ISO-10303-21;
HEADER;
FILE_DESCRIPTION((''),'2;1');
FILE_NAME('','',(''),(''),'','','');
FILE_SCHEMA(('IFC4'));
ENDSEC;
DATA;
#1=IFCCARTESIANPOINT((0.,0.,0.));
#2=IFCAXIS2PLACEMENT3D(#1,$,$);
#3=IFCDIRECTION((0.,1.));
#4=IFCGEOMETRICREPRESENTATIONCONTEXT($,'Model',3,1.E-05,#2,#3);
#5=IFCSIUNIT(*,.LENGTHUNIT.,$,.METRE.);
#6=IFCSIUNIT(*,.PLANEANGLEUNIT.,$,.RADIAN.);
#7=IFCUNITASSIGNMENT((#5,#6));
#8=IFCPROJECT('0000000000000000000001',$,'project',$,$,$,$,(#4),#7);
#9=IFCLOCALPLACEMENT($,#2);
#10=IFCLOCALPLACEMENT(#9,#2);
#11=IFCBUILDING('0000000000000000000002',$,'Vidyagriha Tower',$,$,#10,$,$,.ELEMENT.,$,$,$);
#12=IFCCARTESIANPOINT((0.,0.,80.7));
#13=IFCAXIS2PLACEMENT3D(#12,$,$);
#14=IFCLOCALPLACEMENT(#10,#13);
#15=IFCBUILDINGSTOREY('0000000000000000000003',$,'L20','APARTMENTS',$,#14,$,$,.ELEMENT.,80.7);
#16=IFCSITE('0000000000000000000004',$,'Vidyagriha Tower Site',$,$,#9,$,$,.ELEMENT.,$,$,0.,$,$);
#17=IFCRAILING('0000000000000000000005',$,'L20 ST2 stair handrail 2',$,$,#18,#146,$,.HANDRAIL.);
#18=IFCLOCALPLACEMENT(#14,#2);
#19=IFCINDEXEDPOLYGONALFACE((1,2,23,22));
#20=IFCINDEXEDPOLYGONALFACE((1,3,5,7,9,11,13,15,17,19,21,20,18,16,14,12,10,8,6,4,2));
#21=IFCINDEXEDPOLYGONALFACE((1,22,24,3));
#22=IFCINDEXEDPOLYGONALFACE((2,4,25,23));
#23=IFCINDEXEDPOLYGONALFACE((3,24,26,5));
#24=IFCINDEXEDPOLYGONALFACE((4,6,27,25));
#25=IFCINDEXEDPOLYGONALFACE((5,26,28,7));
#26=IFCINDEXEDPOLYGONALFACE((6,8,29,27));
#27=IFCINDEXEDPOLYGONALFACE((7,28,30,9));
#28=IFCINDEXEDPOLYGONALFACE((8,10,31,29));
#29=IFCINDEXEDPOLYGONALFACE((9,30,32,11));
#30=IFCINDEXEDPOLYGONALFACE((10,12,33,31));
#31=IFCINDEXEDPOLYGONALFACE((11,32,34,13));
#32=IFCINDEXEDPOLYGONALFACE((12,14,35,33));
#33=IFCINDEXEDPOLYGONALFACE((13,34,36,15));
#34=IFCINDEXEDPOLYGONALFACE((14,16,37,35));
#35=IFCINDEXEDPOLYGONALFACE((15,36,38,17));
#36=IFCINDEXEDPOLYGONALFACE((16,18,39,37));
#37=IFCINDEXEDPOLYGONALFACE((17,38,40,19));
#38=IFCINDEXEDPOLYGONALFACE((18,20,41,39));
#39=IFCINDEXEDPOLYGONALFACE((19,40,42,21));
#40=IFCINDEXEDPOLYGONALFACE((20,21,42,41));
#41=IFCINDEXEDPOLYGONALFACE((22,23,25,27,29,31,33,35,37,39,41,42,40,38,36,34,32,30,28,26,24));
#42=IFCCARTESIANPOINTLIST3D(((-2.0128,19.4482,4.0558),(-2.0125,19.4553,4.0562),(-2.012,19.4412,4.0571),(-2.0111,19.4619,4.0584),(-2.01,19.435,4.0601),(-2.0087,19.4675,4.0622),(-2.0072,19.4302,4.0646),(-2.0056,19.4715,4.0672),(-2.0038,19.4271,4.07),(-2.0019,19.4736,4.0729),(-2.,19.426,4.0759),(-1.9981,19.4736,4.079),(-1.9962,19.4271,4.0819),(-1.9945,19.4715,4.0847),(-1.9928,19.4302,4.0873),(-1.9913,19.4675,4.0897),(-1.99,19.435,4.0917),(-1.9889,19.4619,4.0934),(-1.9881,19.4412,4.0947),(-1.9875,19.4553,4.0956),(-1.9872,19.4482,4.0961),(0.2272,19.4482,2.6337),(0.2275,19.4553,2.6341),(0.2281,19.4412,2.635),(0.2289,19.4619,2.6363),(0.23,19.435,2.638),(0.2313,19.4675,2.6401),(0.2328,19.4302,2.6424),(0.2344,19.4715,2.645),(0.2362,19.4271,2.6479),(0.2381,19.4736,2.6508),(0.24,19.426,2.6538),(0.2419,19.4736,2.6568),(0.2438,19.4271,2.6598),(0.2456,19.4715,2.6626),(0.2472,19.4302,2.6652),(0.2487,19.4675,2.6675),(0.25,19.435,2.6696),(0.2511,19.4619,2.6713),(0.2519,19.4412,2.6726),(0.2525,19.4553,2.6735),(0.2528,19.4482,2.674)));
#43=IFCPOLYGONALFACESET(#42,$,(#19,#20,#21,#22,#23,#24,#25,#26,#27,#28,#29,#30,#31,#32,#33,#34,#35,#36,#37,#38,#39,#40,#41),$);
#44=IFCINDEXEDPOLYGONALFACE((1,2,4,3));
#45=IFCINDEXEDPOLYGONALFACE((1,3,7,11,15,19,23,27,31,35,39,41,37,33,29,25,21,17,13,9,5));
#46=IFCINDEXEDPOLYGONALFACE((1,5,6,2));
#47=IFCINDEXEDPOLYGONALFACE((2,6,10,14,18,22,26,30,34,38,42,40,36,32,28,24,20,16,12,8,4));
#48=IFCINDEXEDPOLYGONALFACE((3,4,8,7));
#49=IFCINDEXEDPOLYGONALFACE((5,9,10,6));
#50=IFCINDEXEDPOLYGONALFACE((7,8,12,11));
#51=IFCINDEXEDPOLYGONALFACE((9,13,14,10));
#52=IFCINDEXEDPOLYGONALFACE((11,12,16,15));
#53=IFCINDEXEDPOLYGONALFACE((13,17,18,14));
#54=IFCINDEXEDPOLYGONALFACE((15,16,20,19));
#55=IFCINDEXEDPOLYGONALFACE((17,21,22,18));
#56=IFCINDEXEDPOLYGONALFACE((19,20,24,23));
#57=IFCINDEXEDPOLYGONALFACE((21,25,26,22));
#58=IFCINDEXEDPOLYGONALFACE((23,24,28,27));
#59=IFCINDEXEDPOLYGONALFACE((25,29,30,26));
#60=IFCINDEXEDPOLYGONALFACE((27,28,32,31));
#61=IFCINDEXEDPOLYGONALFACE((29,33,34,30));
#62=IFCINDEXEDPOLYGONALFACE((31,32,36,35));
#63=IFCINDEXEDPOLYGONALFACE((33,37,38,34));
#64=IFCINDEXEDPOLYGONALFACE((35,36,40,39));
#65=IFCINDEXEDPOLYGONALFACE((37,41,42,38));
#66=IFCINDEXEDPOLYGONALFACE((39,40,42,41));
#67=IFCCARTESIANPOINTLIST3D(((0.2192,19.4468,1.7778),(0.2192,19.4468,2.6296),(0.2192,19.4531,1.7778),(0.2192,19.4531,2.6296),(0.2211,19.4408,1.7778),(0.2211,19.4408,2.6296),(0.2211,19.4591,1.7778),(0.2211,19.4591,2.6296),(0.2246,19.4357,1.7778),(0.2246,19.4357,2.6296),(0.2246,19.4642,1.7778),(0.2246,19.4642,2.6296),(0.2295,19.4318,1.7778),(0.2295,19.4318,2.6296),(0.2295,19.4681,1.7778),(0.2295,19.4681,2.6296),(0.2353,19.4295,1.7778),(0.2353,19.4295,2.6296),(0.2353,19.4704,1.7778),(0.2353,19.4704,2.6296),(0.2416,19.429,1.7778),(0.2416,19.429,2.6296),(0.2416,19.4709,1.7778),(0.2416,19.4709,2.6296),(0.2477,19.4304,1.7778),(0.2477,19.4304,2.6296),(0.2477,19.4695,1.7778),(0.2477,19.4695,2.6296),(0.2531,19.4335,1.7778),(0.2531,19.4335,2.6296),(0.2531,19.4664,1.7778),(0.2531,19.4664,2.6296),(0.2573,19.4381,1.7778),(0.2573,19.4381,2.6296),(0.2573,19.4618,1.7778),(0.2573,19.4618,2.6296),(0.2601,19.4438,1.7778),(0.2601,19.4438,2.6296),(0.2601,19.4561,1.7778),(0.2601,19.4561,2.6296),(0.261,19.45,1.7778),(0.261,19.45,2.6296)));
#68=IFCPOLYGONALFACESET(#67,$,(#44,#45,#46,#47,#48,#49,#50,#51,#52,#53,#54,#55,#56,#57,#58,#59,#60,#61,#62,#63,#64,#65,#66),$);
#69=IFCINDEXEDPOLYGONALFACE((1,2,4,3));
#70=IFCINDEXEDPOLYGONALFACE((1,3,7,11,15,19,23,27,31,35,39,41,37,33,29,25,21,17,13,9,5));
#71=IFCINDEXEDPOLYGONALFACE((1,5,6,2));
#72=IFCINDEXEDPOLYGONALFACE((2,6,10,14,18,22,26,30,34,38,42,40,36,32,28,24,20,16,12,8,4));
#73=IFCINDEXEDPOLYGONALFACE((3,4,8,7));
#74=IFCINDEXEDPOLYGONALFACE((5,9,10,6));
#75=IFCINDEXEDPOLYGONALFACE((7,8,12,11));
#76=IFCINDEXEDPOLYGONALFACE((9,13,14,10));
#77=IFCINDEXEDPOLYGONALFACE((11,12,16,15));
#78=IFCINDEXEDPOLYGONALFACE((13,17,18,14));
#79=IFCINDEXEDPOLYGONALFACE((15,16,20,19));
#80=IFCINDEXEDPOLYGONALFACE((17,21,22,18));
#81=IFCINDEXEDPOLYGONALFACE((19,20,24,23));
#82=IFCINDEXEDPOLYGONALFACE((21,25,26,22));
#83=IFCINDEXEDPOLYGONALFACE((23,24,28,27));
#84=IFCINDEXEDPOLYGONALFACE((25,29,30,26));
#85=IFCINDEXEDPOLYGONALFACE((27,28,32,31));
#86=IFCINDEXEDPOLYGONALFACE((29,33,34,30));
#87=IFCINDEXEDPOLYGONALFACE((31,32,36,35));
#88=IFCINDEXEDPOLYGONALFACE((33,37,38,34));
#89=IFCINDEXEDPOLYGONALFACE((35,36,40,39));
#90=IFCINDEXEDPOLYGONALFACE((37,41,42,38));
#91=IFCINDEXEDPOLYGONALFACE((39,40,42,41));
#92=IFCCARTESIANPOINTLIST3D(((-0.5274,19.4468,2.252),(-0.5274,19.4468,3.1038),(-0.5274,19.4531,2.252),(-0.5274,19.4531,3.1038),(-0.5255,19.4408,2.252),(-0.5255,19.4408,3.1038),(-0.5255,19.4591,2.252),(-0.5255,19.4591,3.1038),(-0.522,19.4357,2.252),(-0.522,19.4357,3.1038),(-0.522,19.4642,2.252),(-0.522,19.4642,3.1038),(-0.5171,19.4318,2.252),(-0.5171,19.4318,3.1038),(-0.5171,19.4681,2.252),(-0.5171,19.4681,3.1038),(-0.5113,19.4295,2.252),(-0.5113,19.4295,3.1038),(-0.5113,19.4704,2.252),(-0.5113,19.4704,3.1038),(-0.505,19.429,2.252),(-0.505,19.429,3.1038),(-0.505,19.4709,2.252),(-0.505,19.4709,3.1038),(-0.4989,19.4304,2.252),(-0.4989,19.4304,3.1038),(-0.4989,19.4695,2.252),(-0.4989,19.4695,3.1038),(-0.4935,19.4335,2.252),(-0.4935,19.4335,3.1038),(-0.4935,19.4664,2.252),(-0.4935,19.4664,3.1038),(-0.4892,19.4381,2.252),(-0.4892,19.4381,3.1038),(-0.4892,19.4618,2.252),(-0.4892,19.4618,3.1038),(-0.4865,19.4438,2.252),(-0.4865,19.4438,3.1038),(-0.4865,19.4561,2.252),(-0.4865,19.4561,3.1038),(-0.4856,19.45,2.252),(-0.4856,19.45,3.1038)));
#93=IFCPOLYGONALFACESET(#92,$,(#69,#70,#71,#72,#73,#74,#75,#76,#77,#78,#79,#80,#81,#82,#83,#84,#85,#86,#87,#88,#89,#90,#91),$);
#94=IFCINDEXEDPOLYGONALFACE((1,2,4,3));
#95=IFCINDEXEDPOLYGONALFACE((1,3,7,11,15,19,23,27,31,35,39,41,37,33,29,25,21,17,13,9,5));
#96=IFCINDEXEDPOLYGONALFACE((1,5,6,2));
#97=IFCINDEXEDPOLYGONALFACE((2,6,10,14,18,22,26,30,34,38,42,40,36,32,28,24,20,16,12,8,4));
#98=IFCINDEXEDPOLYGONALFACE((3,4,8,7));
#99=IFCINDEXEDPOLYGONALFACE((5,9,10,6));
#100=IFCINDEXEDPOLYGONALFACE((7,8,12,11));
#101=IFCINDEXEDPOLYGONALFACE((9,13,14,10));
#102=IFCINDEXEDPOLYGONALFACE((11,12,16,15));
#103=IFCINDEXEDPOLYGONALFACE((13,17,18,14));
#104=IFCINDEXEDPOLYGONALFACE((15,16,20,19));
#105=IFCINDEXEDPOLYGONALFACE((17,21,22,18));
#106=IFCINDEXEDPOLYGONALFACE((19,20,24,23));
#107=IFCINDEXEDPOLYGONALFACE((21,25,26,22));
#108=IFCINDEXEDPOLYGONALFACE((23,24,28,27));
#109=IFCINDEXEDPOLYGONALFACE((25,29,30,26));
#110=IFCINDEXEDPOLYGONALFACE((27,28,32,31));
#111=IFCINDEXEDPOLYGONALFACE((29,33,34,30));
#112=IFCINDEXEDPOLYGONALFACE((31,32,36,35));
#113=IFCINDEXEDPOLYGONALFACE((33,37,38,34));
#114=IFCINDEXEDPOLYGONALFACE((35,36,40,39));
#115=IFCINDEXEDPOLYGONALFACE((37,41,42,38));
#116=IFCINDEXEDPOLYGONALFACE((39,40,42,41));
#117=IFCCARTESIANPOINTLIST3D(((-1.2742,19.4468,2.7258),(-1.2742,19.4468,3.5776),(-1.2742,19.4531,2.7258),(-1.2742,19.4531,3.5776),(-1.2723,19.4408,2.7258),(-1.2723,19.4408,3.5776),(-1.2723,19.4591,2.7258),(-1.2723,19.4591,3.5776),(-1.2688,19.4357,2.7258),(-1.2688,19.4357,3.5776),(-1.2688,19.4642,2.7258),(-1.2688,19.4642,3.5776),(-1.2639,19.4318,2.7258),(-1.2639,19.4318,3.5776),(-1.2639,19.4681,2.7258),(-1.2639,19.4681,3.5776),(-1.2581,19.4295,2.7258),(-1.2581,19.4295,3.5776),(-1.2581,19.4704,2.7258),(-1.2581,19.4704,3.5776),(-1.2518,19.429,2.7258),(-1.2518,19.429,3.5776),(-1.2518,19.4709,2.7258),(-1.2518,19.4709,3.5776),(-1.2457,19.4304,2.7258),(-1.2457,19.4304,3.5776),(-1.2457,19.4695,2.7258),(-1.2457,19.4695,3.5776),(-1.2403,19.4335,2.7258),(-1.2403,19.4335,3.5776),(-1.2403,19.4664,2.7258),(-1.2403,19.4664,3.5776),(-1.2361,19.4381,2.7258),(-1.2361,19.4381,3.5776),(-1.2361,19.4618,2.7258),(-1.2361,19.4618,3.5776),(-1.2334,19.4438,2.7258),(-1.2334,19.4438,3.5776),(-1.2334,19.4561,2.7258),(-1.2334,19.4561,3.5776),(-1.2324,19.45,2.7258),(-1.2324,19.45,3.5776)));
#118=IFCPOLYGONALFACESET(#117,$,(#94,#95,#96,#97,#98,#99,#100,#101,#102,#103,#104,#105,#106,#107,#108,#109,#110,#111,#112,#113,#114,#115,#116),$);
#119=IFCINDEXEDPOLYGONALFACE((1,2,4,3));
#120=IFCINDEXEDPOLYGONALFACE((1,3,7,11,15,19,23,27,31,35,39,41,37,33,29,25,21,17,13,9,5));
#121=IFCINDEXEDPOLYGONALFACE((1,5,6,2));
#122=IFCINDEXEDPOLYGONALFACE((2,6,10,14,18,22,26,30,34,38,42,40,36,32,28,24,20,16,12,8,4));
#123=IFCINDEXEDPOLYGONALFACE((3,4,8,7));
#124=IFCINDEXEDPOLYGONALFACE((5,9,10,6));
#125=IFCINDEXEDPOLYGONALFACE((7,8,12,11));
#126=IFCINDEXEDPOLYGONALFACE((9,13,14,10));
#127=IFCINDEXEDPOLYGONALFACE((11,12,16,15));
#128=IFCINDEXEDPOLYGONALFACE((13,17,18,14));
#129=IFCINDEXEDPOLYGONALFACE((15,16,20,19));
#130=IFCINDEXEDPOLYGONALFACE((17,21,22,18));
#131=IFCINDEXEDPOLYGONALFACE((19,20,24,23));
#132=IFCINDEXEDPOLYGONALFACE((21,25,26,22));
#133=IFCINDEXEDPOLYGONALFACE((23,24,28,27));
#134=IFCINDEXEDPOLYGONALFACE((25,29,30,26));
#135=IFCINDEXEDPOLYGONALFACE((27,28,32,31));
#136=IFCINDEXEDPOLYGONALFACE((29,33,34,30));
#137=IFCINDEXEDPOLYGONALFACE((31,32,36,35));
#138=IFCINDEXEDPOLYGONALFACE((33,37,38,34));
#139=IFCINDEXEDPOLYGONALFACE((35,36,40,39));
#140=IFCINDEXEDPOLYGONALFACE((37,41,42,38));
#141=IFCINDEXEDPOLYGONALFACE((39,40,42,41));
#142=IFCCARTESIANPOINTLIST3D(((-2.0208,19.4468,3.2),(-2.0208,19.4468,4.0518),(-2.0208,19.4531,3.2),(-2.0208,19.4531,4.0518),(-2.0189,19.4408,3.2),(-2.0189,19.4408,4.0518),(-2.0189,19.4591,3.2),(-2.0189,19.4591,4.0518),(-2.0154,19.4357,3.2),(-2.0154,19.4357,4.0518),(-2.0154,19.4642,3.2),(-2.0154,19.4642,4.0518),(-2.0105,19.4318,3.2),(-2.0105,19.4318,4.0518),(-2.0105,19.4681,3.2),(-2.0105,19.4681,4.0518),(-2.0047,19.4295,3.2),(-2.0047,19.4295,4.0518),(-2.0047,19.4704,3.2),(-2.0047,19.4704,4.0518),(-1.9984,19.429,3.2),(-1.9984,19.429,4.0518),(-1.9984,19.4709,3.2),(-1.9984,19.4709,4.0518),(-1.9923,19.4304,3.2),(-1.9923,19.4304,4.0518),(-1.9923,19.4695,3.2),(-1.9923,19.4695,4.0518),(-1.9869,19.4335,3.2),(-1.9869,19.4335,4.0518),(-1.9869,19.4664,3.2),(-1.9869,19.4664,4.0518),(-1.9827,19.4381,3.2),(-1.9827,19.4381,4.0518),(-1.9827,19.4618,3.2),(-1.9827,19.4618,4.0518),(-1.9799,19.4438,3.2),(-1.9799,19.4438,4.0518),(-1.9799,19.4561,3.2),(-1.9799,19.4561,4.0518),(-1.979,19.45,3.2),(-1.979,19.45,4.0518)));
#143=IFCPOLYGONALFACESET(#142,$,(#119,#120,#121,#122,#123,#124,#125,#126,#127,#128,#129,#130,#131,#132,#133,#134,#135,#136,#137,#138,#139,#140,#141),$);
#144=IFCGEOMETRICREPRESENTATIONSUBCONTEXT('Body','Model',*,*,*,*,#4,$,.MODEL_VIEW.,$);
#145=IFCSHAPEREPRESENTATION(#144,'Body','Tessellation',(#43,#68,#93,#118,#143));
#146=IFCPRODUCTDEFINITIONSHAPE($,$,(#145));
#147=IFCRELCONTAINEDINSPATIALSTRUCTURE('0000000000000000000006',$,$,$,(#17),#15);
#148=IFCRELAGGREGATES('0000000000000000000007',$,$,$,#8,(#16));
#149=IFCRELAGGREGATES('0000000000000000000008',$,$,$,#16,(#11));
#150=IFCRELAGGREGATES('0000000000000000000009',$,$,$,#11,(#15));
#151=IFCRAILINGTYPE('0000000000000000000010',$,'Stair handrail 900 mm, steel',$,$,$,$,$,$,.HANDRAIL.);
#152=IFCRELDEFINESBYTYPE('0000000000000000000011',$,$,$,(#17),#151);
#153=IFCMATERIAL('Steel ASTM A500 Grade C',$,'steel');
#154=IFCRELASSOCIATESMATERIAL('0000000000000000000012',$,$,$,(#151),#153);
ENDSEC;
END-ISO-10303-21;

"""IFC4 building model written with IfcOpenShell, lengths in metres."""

from ifc_helpers import new_model, si_unit, direction, frame, origin, origin_2d, place, context, subcontext, project, spatial, circle, extrude, material, type_object, element, save


model = new_model("IFC4")

# Units and contexts
model_context = context("Model", 3, precision=1e-05, world=origin(), true_north=direction((0.0, 1.0)))
body_context = subcontext(model_context, "Body", "Model", "MODEL_VIEW")
ifc_project = project(units=[si_unit("LENGTHUNIT", "METRE"), si_unit("PLANEANGLEUNIT", "RADIAN")], contexts=[model_context])

# Site, building, storey
site_placement = place(None, origin())
site = spatial("IfcSite", under=ifc_project, at=site_placement, Name="Vidyagriha Tower Site", CompositionType="ELEMENT", RefElevation=0.0)
building_placement = place(site_placement, origin())
building = spatial("IfcBuilding", under=site, at=building_placement, Name="Vidyagriha Tower", CompositionType="ELEMENT")
storey_placement = place(building_placement, frame((0.0, 0.0, 80.7)))
storey = spatial("IfcBuildingStorey", under=building, at=storey_placement, Name="L20", Description="APARTMENTS", CompositionType="ELEMENT", Elevation=80.7)

# Railing
ifc_material_1 = material(Name="Steel ASTM A500 Grade C", Category="steel")
railing_type_1 = type_object("IfcRailingType", Name="Stair handrail 900 mm, steel", PredefinedType="HANDRAIL", material=ifc_material_1)
railing_1_placement = place(storey_placement, frame((0.24, 19.45, 1.7778)))
element("IfcRailing", 1, at=railing_1_placement, inside=storey, type_object=railing_type_1, Name="L20 ST2 stair handrail 2", PredefinedType="HANDRAIL", context=body_context, shape_type="SweptSolid", body=[
    extrude(circle(Radius=0.0239, at=origin_2d()), frame((0.0, 0.0, 0.876), z_axis=(-0.844229, 0.0, 0.535982), x_axis=(0.0, -1.0, 0.0)), (0.0, 0.0, 1.0), 2.6533),
    extrude(circle(Radius=0.021, at=origin_2d()), origin(), (0.0, 0.0, 1.0), 0.8518),
    extrude(circle(Radius=0.021, at=origin_2d()), frame((-0.7466, 0.0, 0.4741)), (0.0, 0.0, 1.0), 0.8518),
    extrude(circle(Radius=0.021, at=origin_2d()), frame((-1.4934, 0.0, 0.948)), (0.0, 0.0, 1.0), 0.8518),
    extrude(circle(Radius=0.021, at=origin_2d()), frame((-2.24, 0.0, 1.4221)), (0.0, 0.0, 1.0), 0.8518),
])

save(model, "model.ifc")
